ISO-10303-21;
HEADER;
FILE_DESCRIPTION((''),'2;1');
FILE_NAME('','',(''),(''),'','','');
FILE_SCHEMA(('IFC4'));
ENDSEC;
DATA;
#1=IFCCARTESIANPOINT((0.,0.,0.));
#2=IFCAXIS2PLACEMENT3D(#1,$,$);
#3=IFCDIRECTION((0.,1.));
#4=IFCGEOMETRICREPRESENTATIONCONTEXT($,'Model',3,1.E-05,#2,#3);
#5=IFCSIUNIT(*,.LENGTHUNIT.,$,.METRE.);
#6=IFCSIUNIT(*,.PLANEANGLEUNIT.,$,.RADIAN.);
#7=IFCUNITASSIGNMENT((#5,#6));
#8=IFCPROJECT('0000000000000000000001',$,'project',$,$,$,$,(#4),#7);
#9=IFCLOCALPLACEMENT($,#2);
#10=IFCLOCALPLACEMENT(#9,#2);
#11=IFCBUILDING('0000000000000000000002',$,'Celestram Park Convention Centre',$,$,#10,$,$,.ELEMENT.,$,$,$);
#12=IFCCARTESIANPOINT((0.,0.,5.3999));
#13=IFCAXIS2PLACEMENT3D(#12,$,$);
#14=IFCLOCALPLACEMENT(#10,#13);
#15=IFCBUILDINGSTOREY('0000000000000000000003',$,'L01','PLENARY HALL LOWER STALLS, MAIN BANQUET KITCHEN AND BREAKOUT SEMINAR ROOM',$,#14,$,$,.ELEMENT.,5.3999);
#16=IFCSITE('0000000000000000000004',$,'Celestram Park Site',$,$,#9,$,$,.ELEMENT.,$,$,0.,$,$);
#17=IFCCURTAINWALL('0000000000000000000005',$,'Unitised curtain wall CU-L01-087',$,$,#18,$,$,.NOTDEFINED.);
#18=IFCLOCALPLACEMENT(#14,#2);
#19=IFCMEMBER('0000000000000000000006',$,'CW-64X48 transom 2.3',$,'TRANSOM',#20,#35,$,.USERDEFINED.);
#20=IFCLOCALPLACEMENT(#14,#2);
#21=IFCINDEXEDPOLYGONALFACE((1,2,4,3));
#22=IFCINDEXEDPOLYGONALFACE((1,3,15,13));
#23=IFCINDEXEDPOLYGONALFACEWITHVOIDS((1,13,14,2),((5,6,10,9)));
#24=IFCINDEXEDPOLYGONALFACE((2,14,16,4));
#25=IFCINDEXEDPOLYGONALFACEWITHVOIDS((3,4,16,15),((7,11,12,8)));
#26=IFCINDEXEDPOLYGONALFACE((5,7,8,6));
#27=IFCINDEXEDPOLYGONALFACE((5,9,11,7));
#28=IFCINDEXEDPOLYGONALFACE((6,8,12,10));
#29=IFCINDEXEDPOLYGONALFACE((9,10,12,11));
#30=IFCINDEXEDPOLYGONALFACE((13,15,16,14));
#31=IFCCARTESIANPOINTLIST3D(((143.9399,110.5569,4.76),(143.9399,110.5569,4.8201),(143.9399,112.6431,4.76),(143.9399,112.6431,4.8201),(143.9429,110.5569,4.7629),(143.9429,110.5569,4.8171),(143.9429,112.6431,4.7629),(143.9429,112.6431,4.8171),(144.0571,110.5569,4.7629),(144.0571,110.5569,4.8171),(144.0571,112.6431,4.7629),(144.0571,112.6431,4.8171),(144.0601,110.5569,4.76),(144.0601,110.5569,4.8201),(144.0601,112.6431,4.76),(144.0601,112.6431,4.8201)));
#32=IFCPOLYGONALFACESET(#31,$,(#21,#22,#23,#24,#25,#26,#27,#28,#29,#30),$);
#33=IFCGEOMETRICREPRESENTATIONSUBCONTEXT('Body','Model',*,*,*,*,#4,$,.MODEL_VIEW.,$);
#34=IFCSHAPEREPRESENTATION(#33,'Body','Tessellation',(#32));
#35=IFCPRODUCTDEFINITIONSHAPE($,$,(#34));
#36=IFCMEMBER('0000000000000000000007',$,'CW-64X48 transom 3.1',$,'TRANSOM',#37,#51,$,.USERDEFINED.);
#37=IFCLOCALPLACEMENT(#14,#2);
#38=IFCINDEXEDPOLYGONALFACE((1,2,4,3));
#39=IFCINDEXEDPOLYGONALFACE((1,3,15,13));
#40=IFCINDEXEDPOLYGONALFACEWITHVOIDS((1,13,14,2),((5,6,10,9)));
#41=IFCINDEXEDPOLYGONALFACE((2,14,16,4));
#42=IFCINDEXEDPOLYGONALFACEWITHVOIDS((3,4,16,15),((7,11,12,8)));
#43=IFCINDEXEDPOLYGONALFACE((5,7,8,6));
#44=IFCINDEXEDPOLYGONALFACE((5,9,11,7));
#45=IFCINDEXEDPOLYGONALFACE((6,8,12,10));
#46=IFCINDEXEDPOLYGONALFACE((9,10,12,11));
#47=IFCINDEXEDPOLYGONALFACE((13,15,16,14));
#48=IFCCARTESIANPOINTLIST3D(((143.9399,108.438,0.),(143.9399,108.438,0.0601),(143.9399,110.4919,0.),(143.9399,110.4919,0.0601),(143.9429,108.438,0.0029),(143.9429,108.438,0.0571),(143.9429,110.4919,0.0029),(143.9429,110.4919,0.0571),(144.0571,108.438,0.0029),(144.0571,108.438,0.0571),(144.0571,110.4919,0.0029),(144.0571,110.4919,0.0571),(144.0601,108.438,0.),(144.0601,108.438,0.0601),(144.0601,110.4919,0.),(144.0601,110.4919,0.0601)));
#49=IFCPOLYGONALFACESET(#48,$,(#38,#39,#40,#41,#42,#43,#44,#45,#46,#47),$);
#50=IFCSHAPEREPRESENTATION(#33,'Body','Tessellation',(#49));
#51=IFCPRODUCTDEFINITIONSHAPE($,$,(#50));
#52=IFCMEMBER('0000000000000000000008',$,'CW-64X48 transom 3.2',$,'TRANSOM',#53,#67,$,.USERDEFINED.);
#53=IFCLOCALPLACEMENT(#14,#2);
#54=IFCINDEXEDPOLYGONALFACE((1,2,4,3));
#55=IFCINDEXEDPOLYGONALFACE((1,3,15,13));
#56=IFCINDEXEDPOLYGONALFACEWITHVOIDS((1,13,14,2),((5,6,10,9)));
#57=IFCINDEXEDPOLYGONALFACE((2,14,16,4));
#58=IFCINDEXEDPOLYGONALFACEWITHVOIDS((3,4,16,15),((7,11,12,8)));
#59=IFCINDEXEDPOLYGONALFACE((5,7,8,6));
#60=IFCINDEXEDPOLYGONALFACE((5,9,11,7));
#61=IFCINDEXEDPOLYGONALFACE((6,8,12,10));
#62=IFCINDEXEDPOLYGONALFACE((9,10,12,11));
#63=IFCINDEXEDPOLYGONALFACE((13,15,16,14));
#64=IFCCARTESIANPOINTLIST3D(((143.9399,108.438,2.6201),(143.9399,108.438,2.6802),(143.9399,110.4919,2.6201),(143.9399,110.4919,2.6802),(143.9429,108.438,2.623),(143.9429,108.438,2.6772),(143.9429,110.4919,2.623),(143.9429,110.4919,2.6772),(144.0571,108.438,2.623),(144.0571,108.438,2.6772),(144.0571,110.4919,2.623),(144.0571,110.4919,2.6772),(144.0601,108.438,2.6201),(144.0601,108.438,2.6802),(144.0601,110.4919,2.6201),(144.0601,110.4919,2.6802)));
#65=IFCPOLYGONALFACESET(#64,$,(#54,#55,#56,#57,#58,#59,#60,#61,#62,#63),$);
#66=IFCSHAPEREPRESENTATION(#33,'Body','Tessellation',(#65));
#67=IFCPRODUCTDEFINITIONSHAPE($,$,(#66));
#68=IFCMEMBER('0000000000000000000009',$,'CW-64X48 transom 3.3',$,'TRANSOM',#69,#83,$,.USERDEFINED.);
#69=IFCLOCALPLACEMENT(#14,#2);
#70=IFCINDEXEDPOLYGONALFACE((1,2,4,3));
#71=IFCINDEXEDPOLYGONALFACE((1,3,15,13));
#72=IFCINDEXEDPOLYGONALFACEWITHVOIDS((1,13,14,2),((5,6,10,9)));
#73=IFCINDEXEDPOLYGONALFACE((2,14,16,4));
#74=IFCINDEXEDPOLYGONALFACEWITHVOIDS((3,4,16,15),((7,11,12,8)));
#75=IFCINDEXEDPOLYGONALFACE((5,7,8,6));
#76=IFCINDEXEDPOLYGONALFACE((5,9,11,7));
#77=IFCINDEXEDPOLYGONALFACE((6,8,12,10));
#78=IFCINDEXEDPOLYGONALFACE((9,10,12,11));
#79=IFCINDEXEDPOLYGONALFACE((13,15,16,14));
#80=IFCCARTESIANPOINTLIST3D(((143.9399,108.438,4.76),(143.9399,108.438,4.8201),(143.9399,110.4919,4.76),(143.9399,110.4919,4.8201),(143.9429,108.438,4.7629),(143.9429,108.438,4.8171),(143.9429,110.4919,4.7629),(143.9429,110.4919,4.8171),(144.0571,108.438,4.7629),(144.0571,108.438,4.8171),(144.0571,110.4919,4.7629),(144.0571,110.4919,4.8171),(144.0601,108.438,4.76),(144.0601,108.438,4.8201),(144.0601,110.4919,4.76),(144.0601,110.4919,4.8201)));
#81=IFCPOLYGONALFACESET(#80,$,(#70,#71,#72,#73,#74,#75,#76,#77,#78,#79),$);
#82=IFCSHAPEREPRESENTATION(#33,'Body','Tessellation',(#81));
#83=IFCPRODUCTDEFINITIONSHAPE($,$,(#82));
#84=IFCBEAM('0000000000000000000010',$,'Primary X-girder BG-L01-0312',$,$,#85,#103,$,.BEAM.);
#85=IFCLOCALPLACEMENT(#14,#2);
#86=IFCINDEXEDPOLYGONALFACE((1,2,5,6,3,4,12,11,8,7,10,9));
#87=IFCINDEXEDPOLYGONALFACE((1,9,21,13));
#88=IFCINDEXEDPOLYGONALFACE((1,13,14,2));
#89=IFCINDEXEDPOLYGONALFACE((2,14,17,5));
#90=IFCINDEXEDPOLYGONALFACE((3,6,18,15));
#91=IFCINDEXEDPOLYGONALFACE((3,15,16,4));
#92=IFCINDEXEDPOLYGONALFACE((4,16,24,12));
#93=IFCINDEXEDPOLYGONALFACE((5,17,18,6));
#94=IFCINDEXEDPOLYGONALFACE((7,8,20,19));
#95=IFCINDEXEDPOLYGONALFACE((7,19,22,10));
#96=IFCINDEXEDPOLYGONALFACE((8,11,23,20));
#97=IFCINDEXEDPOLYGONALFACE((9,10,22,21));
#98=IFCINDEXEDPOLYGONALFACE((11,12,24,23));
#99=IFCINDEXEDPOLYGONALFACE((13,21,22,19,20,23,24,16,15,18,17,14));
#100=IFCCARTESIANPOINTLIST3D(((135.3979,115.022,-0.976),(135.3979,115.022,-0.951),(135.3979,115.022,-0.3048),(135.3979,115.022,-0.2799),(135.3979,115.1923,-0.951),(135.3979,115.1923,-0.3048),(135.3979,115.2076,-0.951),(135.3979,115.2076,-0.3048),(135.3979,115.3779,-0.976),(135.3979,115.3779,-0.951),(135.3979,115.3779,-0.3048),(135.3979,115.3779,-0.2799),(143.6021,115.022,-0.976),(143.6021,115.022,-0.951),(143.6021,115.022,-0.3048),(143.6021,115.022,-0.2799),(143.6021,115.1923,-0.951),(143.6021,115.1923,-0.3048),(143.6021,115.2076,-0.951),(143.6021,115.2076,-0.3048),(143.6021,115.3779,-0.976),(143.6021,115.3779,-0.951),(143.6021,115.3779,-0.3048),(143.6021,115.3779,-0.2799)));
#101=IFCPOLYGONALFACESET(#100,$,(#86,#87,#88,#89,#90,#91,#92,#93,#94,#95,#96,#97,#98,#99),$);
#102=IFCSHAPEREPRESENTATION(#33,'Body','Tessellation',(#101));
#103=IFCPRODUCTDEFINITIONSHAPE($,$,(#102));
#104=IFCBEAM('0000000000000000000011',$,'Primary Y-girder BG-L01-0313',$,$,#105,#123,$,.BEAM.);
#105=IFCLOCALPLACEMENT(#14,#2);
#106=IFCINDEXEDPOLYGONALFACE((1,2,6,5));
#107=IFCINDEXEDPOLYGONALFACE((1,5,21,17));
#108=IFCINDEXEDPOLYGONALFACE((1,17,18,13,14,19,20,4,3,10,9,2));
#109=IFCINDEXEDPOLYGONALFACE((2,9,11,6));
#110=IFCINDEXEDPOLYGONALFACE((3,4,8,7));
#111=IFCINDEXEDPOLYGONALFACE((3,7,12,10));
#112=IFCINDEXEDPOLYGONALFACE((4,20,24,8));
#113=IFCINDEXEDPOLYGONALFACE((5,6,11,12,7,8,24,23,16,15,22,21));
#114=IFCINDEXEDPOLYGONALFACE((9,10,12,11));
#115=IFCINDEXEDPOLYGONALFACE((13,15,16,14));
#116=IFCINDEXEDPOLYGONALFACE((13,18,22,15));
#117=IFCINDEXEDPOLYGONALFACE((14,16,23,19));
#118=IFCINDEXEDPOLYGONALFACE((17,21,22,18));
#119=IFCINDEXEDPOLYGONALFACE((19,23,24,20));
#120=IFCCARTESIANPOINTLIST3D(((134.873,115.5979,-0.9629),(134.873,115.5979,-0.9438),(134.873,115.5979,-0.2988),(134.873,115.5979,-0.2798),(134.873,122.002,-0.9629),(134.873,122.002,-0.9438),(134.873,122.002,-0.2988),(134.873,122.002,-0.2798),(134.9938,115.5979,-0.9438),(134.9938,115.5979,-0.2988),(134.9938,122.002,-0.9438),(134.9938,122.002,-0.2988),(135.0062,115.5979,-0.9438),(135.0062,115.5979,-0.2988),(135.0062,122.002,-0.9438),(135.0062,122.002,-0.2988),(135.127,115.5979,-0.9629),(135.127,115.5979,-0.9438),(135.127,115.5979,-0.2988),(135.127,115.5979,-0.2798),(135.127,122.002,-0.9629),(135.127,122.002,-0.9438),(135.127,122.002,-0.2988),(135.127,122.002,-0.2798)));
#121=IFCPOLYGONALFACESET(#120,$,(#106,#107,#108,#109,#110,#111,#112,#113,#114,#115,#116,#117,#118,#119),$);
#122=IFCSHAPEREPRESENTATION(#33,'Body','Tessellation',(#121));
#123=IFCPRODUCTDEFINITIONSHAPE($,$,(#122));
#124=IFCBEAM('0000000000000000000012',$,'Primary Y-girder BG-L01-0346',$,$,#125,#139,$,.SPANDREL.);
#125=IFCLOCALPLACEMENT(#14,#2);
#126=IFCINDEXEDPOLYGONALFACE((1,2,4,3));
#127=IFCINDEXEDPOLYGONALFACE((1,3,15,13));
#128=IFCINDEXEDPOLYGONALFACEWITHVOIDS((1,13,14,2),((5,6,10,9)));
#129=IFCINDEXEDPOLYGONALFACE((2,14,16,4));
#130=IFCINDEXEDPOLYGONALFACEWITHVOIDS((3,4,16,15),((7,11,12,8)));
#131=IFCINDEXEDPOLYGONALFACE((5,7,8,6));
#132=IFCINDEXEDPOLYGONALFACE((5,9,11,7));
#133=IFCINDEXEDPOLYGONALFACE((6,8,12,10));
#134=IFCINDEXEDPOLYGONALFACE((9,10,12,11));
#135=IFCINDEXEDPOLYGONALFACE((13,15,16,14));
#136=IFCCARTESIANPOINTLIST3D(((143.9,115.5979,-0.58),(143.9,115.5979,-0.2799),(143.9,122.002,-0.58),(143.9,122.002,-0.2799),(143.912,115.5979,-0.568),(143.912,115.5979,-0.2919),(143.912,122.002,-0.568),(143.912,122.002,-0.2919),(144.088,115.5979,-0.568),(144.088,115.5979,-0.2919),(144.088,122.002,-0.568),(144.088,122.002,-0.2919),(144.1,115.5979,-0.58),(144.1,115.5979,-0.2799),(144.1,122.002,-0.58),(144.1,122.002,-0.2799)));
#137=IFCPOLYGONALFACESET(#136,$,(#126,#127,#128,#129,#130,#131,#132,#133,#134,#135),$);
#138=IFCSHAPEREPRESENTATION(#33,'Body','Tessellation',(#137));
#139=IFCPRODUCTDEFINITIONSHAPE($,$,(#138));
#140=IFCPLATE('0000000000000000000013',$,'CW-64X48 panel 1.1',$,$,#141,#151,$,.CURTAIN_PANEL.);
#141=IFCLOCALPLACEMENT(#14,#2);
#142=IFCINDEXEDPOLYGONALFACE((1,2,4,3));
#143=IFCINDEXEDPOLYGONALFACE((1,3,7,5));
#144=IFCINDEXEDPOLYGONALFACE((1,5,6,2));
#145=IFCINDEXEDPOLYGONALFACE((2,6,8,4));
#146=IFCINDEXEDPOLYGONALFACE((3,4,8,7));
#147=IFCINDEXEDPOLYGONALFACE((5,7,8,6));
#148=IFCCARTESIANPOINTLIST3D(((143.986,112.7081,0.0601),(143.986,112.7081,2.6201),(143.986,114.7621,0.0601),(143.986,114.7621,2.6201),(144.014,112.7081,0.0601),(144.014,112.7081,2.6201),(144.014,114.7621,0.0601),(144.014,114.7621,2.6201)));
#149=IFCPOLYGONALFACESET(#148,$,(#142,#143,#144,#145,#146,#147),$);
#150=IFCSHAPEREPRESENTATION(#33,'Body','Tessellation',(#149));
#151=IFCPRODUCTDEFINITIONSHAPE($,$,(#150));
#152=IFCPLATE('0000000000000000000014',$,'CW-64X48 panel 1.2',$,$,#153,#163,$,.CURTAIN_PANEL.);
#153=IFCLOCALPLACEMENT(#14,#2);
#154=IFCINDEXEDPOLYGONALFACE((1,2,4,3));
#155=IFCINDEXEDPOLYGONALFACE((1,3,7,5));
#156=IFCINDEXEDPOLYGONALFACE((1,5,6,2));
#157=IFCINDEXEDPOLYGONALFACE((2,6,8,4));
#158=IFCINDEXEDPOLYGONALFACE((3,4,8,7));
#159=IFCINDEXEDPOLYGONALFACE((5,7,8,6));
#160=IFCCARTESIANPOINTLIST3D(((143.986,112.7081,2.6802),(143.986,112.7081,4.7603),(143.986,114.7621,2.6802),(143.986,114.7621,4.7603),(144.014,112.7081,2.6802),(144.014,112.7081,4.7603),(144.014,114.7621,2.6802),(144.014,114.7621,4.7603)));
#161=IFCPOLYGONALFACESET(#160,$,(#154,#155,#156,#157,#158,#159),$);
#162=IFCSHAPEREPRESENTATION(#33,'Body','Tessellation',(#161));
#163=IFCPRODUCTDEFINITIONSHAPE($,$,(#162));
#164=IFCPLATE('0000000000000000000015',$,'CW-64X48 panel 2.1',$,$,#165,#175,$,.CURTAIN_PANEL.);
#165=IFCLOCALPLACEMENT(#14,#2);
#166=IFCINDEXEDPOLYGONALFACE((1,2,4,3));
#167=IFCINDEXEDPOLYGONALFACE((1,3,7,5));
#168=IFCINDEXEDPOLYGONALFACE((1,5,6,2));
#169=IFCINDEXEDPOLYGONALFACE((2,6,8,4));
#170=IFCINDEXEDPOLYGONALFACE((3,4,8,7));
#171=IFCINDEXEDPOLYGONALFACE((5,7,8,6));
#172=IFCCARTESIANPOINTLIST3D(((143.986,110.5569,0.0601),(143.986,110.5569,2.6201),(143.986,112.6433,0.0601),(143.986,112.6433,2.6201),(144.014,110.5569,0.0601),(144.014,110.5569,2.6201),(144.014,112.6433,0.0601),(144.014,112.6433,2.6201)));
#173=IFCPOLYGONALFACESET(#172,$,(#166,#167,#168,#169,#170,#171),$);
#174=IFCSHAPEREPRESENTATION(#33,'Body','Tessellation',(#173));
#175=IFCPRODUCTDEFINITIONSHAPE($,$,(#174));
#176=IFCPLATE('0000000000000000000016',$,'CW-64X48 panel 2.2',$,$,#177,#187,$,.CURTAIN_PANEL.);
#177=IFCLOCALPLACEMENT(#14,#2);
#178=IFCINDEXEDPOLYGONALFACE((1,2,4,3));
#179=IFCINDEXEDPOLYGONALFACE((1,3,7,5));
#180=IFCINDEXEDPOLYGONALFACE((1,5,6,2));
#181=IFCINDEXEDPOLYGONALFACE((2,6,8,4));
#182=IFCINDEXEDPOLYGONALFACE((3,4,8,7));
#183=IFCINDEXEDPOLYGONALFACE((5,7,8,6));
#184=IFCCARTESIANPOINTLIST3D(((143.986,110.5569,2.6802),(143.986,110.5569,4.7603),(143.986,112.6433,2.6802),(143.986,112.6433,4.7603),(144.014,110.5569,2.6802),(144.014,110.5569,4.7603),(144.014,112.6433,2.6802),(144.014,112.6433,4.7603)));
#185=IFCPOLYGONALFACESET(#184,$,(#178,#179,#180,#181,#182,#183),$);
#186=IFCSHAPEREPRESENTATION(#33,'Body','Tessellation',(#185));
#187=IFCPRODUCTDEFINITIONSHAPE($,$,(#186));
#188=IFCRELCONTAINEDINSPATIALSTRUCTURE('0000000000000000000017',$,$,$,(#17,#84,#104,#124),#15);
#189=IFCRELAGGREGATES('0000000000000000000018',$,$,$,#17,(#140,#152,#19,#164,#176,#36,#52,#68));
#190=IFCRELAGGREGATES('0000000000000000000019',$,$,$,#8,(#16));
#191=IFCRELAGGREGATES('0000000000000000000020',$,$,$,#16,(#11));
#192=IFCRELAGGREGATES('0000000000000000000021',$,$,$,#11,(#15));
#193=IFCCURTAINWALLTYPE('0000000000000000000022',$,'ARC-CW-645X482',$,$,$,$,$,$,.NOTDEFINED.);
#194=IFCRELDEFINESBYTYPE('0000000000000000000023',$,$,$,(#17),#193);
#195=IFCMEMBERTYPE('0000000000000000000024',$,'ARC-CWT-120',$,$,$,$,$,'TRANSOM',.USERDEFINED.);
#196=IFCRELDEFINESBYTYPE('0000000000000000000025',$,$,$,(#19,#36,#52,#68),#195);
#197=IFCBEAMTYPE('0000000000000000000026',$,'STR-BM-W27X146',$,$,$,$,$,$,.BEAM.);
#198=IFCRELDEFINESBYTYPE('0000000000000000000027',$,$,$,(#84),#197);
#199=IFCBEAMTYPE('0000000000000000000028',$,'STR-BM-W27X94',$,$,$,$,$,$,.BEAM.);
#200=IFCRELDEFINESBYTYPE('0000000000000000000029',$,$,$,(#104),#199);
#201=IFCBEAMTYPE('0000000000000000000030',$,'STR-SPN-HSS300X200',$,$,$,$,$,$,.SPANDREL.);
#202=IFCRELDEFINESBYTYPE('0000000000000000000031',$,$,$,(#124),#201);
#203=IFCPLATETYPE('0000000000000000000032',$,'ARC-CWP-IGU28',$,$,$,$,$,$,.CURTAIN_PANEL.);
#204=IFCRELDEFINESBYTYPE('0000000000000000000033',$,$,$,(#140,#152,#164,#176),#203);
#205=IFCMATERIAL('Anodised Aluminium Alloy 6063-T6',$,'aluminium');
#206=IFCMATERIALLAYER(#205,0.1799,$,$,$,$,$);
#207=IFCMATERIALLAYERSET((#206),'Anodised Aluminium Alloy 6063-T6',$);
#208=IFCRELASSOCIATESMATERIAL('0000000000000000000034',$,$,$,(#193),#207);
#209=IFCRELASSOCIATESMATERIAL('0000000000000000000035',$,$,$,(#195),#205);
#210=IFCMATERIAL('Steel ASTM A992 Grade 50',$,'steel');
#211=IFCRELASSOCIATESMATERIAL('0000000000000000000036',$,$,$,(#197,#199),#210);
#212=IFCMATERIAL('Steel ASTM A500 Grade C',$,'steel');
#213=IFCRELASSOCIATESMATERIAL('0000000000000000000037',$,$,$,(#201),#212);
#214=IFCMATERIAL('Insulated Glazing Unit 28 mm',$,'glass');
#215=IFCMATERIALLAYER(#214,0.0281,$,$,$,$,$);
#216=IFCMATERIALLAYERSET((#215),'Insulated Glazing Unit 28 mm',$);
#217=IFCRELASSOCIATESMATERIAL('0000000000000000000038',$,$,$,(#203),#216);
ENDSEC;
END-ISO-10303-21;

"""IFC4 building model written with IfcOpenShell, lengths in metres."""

from ifc_helpers import new_model, si_unit, direction, frame, origin, origin_2d, place, context, subcontext, project, spatial, rectangle, hollow_rectangle, i_section, extrude, material, layer, layer_set, material_profile, profile_set, type_object, element, aggregate, save


model = new_model("IFC4")

# Units and contexts
model_context = context("Model", 3, precision=1e-05, world=origin(), true_north=direction((0.0, 1.0)))
body_context = subcontext(model_context, "Body", "Model", "MODEL_VIEW")
ifc_project = project(units=[si_unit("LENGTHUNIT", "METRE"), si_unit("PLANEANGLEUNIT", "RADIAN")], contexts=[model_context])

# Site, building, storey
site_placement = place(None, origin())
site = spatial("IfcSite", under=ifc_project, at=site_placement, Name="Celestram Park Site", CompositionType="ELEMENT", RefElevation=0.0)
building_placement = place(site_placement, origin())
building = spatial("IfcBuilding", under=site, at=building_placement, Name="Celestram Park Convention Centre", CompositionType="ELEMENT")
storey_placement = place(building_placement, frame((0.0, 0.0, 5.3999)))
storey = spatial("IfcBuildingStorey", under=building, at=storey_placement, Name="L01", Description="PLENARY HALL LOWER STALLS, MAIN BANQUET KITCHEN AND BREAKOUT SEMINAR ROOM", CompositionType="ELEMENT", Elevation=5.3999)

# Curtain wall, members
ifc_material_1 = material(Name="Anodised Aluminium Alloy 6063-T6", Category="aluminium")
ifc_layer_1 = layer(ifc_material_1, 0.1799)
ifc_layer_set_1 = layer_set([ifc_layer_1], Name="Anodised Aluminium Alloy 6063-T6")
curtain_wall_type = type_object("IfcCurtainWallType", Name="ARC-CW-645X482", PredefinedType="NOTDEFINED", material=ifc_layer_set_1)
curtain_wall_placement = place(storey_placement, origin())
curtain_wall = element("IfcCurtainWall", 1, at=curtain_wall_placement, inside=storey, type_object=curtain_wall_type, Name="Unitised curtain wall CU-L01-087", PredefinedType="NOTDEFINED")
ifc_material_profile_1 = material_profile(ifc_material_1, hollow_rectangle(XDim=0.1201, YDim=0.0601, WallThickness=0.0029, at=origin_2d()), Name="ALU120X60X3")
ifc_profile_set_1 = profile_set([ifc_material_profile_1], Name="Anodised Aluminium Alloy 6063-T6")
member_type_1 = type_object("IfcMemberType", Name="ARC-CWT-120", ElementType="TRANSOM", PredefinedType="USERDEFINED", material=ifc_profile_set_1)
member_1_placement = place(storey_placement, frame((144.0, 112.6431, 4.79), z_axis=(0.0, -1.0, 0.0), x_axis=(1.0, 0.0, 0.0)))
member_1 = element("IfcMember", 2, at=member_1_placement, type_object=member_type_1, Name="CW-64X48 transom 2.3", ObjectType="TRANSOM", PredefinedType="USERDEFINED", context=body_context, shape_type="SweptSolid", body=[
    extrude(hollow_rectangle(XDim=0.1201, YDim=0.0601, WallThickness=0.0029, at=origin_2d()), origin(), (0.0, 0.0, 1.0), 2.0862),
])
member_2_placement = place(storey_placement, frame((144.0, 110.4919, 0.03), z_axis=(0.0, -1.0, 0.0), x_axis=(1.0, 0.0, 0.0)))
member_2 = element("IfcMember", 3, at=member_2_placement, type_object=member_type_1, Name="CW-64X48 transom 3.1", ObjectType="TRANSOM", PredefinedType="USERDEFINED", context=body_context, shape_type="SweptSolid", body=[
    extrude(hollow_rectangle(XDim=0.1201, YDim=0.0601, WallThickness=0.0029, at=origin_2d()), origin(), (0.0, 0.0, 1.0), 2.054),
])
member_3_placement = place(storey_placement, frame((144.0, 110.4919, 2.6501), z_axis=(0.0, -1.0, 0.0), x_axis=(1.0, 0.0, 0.0)))
member_3 = element("IfcMember", 4, at=member_3_placement, type_object=member_type_1, Name="CW-64X48 transom 3.2", ObjectType="TRANSOM", PredefinedType="USERDEFINED", context=body_context, shape_type="SweptSolid", body=[
    extrude(hollow_rectangle(XDim=0.1201, YDim=0.0601, WallThickness=0.0029, at=origin_2d()), origin(), (0.0, 0.0, 1.0), 2.054),
])
member_4_placement = place(storey_placement, frame((144.0, 110.4919, 4.79), z_axis=(0.0, -1.0, 0.0), x_axis=(1.0, 0.0, 0.0)))
member_4 = element("IfcMember", 5, at=member_4_placement, type_object=member_type_1, Name="CW-64X48 transom 3.3", ObjectType="TRANSOM", PredefinedType="USERDEFINED", context=body_context, shape_type="SweptSolid", body=[
    extrude(hollow_rectangle(XDim=0.1201, YDim=0.0601, WallThickness=0.0029, at=origin_2d()), origin(), (0.0, 0.0, 1.0), 2.054),
])

# Beams
ifc_material_2 = material(Name="Steel ASTM A992 Grade 50", Category="steel")
ifc_material_profile_2 = material_profile(ifc_material_2, i_section(OverallWidth=0.356, OverallDepth=0.696, WebThickness=0.0154, FlangeThickness=0.0249, at=origin_2d()), Name="W27X146")
ifc_profile_set_2 = profile_set([ifc_material_profile_2], Name="Steel ASTM A992 Grade 50")
beam_type_1 = type_object("IfcBeamType", Name="STR-BM-W27X146", PredefinedType="BEAM", material=ifc_profile_set_2)
beam_1_placement = place(storey_placement, frame((135.3979, 115.2, -0.6279), z_axis=(1.0, 0.0, 0.0), x_axis=(0.0, 1.0, 0.0)))
element("IfcBeam", 6, at=beam_1_placement, inside=storey, type_object=beam_type_1, Name="Primary X-girder BG-L01-0312", PredefinedType="BEAM", context=body_context, shape_type="SweptSolid", body=[
    extrude(i_section(OverallWidth=0.356, OverallDepth=0.696, WebThickness=0.0154, FlangeThickness=0.0249, at=origin_2d()), origin(), (0.0, 0.0, 1.0), 8.2041),
])
ifc_material_profile_3 = material_profile(ifc_material_2, i_section(OverallWidth=0.2539, OverallDepth=0.6831, WebThickness=0.0125, FlangeThickness=0.019, at=origin_2d()), Name="W27X94")
ifc_profile_set_3 = profile_set([ifc_material_profile_3], Name="Steel ASTM A992 Grade 50")
beam_type_2 = type_object("IfcBeamType", Name="STR-BM-W27X94", PredefinedType="BEAM", material=ifc_profile_set_3)
beam_2_placement = place(storey_placement, frame((135.0, 115.5979, -0.6213), z_axis=(0.0, 1.0, 0.0), x_axis=(-1.0, 0.0, 0.0)))
element("IfcBeam", 7, at=beam_2_placement, inside=storey, type_object=beam_type_2, Name="Primary Y-girder BG-L01-0313", PredefinedType="BEAM", context=body_context, shape_type="SweptSolid", body=[
    extrude(i_section(OverallWidth=0.2539, OverallDepth=0.6831, WebThickness=0.0125, FlangeThickness=0.019, at=origin_2d()), origin(), (0.0, 0.0, 1.0), 6.4041),
])
ifc_material_3 = material(Name="Steel ASTM A500 Grade C", Category="steel")
ifc_material_profile_4 = material_profile(ifc_material_3, hollow_rectangle(XDim=0.2, YDim=0.3, WallThickness=0.012, at=origin_2d()), Name="HSS300X200X12")
ifc_profile_set_4 = profile_set([ifc_material_profile_4], Name="Steel ASTM A500 Grade C")
beam_type_3 = type_object("IfcBeamType", Name="STR-SPN-HSS300X200", PredefinedType="SPANDREL", material=ifc_profile_set_4)
beam_3_placement = place(storey_placement, frame((144.0, 115.5979, -0.4299), z_axis=(0.0, 1.0, 0.0), x_axis=(-1.0, 0.0, 0.0)))
element("IfcBeam", 8, at=beam_3_placement, inside=storey, type_object=beam_type_3, Name="Primary Y-girder BG-L01-0346", PredefinedType="SPANDREL", context=body_context, shape_type="SweptSolid", body=[
    extrude(hollow_rectangle(XDim=0.2, YDim=0.3, WallThickness=0.012, at=origin_2d()), origin(), (0.0, 0.0, 1.0), 6.4041),
])

# Plates
ifc_material_4 = material(Name="Insulated Glazing Unit 28 mm", Category="glass")
ifc_layer_2 = layer(ifc_material_4, 0.0281)
ifc_layer_set_2 = layer_set([ifc_layer_2], Name="Insulated Glazing Unit 28 mm")
plate_type = type_object("IfcPlateType", Name="ARC-CWP-IGU28", PredefinedType="CURTAIN_PANEL", material=ifc_layer_set_2)
plate_1_placement = place(storey_placement, frame((144.0, 113.7351, 0.0601), z_axis=(0.0, 0.0, 1.0), x_axis=(0.0, -1.0, 0.0)))
plate_1 = element("IfcPlate", 9, at=plate_1_placement, type_object=plate_type, Name="CW-64X48 panel 1.1", PredefinedType="CURTAIN_PANEL", context=body_context, shape_type="SweptSolid", body=[
    extrude(rectangle(XDim=2.054, YDim=0.0281, at=origin_2d()), origin(), (0.0, 0.0, 1.0), 2.5601),
])
plate_2_placement = place(storey_placement, frame((144.0, 113.7351, 2.6802), z_axis=(0.0, 0.0, 1.0), x_axis=(0.0, -1.0, 0.0)))
plate_2 = element("IfcPlate", 10, at=plate_2_placement, type_object=plate_type, Name="CW-64X48 panel 1.2", PredefinedType="CURTAIN_PANEL", context=body_context, shape_type="SweptSolid", body=[
    extrude(rectangle(XDim=2.054, YDim=0.0281, at=origin_2d()), origin(), (0.0, 0.0, 1.0), 2.0801),
])
plate_3_placement = place(storey_placement, frame((144.0, 111.6001, 0.0601), z_axis=(0.0, 0.0, 1.0), x_axis=(0.0, -1.0, 0.0)))
plate_3 = element("IfcPlate", 11, at=plate_3_placement, type_object=plate_type, Name="CW-64X48 panel 2.1", PredefinedType="CURTAIN_PANEL", context=body_context, shape_type="SweptSolid", body=[
    extrude(rectangle(XDim=2.0864, YDim=0.0281, at=origin_2d()), origin(), (0.0, 0.0, 1.0), 2.5601),
])
plate_4_placement = place(storey_placement, frame((144.0, 111.6001, 2.6802), z_axis=(0.0, 0.0, 1.0), x_axis=(0.0, -1.0, 0.0)))
plate_4 = element("IfcPlate", 12, at=plate_4_placement, type_object=plate_type, Name="CW-64X48 panel 2.2", PredefinedType="CURTAIN_PANEL", context=body_context, shape_type="SweptSolid", body=[
    extrude(rectangle(XDim=2.0864, YDim=0.0281, at=origin_2d()), origin(), (0.0, 0.0, 1.0), 2.0801),
])
aggregate(curtain_wall, [plate_1, plate_2, member_1, plate_3, plate_4, member_2, member_3, member_4])

save(model, "model.ifc")
